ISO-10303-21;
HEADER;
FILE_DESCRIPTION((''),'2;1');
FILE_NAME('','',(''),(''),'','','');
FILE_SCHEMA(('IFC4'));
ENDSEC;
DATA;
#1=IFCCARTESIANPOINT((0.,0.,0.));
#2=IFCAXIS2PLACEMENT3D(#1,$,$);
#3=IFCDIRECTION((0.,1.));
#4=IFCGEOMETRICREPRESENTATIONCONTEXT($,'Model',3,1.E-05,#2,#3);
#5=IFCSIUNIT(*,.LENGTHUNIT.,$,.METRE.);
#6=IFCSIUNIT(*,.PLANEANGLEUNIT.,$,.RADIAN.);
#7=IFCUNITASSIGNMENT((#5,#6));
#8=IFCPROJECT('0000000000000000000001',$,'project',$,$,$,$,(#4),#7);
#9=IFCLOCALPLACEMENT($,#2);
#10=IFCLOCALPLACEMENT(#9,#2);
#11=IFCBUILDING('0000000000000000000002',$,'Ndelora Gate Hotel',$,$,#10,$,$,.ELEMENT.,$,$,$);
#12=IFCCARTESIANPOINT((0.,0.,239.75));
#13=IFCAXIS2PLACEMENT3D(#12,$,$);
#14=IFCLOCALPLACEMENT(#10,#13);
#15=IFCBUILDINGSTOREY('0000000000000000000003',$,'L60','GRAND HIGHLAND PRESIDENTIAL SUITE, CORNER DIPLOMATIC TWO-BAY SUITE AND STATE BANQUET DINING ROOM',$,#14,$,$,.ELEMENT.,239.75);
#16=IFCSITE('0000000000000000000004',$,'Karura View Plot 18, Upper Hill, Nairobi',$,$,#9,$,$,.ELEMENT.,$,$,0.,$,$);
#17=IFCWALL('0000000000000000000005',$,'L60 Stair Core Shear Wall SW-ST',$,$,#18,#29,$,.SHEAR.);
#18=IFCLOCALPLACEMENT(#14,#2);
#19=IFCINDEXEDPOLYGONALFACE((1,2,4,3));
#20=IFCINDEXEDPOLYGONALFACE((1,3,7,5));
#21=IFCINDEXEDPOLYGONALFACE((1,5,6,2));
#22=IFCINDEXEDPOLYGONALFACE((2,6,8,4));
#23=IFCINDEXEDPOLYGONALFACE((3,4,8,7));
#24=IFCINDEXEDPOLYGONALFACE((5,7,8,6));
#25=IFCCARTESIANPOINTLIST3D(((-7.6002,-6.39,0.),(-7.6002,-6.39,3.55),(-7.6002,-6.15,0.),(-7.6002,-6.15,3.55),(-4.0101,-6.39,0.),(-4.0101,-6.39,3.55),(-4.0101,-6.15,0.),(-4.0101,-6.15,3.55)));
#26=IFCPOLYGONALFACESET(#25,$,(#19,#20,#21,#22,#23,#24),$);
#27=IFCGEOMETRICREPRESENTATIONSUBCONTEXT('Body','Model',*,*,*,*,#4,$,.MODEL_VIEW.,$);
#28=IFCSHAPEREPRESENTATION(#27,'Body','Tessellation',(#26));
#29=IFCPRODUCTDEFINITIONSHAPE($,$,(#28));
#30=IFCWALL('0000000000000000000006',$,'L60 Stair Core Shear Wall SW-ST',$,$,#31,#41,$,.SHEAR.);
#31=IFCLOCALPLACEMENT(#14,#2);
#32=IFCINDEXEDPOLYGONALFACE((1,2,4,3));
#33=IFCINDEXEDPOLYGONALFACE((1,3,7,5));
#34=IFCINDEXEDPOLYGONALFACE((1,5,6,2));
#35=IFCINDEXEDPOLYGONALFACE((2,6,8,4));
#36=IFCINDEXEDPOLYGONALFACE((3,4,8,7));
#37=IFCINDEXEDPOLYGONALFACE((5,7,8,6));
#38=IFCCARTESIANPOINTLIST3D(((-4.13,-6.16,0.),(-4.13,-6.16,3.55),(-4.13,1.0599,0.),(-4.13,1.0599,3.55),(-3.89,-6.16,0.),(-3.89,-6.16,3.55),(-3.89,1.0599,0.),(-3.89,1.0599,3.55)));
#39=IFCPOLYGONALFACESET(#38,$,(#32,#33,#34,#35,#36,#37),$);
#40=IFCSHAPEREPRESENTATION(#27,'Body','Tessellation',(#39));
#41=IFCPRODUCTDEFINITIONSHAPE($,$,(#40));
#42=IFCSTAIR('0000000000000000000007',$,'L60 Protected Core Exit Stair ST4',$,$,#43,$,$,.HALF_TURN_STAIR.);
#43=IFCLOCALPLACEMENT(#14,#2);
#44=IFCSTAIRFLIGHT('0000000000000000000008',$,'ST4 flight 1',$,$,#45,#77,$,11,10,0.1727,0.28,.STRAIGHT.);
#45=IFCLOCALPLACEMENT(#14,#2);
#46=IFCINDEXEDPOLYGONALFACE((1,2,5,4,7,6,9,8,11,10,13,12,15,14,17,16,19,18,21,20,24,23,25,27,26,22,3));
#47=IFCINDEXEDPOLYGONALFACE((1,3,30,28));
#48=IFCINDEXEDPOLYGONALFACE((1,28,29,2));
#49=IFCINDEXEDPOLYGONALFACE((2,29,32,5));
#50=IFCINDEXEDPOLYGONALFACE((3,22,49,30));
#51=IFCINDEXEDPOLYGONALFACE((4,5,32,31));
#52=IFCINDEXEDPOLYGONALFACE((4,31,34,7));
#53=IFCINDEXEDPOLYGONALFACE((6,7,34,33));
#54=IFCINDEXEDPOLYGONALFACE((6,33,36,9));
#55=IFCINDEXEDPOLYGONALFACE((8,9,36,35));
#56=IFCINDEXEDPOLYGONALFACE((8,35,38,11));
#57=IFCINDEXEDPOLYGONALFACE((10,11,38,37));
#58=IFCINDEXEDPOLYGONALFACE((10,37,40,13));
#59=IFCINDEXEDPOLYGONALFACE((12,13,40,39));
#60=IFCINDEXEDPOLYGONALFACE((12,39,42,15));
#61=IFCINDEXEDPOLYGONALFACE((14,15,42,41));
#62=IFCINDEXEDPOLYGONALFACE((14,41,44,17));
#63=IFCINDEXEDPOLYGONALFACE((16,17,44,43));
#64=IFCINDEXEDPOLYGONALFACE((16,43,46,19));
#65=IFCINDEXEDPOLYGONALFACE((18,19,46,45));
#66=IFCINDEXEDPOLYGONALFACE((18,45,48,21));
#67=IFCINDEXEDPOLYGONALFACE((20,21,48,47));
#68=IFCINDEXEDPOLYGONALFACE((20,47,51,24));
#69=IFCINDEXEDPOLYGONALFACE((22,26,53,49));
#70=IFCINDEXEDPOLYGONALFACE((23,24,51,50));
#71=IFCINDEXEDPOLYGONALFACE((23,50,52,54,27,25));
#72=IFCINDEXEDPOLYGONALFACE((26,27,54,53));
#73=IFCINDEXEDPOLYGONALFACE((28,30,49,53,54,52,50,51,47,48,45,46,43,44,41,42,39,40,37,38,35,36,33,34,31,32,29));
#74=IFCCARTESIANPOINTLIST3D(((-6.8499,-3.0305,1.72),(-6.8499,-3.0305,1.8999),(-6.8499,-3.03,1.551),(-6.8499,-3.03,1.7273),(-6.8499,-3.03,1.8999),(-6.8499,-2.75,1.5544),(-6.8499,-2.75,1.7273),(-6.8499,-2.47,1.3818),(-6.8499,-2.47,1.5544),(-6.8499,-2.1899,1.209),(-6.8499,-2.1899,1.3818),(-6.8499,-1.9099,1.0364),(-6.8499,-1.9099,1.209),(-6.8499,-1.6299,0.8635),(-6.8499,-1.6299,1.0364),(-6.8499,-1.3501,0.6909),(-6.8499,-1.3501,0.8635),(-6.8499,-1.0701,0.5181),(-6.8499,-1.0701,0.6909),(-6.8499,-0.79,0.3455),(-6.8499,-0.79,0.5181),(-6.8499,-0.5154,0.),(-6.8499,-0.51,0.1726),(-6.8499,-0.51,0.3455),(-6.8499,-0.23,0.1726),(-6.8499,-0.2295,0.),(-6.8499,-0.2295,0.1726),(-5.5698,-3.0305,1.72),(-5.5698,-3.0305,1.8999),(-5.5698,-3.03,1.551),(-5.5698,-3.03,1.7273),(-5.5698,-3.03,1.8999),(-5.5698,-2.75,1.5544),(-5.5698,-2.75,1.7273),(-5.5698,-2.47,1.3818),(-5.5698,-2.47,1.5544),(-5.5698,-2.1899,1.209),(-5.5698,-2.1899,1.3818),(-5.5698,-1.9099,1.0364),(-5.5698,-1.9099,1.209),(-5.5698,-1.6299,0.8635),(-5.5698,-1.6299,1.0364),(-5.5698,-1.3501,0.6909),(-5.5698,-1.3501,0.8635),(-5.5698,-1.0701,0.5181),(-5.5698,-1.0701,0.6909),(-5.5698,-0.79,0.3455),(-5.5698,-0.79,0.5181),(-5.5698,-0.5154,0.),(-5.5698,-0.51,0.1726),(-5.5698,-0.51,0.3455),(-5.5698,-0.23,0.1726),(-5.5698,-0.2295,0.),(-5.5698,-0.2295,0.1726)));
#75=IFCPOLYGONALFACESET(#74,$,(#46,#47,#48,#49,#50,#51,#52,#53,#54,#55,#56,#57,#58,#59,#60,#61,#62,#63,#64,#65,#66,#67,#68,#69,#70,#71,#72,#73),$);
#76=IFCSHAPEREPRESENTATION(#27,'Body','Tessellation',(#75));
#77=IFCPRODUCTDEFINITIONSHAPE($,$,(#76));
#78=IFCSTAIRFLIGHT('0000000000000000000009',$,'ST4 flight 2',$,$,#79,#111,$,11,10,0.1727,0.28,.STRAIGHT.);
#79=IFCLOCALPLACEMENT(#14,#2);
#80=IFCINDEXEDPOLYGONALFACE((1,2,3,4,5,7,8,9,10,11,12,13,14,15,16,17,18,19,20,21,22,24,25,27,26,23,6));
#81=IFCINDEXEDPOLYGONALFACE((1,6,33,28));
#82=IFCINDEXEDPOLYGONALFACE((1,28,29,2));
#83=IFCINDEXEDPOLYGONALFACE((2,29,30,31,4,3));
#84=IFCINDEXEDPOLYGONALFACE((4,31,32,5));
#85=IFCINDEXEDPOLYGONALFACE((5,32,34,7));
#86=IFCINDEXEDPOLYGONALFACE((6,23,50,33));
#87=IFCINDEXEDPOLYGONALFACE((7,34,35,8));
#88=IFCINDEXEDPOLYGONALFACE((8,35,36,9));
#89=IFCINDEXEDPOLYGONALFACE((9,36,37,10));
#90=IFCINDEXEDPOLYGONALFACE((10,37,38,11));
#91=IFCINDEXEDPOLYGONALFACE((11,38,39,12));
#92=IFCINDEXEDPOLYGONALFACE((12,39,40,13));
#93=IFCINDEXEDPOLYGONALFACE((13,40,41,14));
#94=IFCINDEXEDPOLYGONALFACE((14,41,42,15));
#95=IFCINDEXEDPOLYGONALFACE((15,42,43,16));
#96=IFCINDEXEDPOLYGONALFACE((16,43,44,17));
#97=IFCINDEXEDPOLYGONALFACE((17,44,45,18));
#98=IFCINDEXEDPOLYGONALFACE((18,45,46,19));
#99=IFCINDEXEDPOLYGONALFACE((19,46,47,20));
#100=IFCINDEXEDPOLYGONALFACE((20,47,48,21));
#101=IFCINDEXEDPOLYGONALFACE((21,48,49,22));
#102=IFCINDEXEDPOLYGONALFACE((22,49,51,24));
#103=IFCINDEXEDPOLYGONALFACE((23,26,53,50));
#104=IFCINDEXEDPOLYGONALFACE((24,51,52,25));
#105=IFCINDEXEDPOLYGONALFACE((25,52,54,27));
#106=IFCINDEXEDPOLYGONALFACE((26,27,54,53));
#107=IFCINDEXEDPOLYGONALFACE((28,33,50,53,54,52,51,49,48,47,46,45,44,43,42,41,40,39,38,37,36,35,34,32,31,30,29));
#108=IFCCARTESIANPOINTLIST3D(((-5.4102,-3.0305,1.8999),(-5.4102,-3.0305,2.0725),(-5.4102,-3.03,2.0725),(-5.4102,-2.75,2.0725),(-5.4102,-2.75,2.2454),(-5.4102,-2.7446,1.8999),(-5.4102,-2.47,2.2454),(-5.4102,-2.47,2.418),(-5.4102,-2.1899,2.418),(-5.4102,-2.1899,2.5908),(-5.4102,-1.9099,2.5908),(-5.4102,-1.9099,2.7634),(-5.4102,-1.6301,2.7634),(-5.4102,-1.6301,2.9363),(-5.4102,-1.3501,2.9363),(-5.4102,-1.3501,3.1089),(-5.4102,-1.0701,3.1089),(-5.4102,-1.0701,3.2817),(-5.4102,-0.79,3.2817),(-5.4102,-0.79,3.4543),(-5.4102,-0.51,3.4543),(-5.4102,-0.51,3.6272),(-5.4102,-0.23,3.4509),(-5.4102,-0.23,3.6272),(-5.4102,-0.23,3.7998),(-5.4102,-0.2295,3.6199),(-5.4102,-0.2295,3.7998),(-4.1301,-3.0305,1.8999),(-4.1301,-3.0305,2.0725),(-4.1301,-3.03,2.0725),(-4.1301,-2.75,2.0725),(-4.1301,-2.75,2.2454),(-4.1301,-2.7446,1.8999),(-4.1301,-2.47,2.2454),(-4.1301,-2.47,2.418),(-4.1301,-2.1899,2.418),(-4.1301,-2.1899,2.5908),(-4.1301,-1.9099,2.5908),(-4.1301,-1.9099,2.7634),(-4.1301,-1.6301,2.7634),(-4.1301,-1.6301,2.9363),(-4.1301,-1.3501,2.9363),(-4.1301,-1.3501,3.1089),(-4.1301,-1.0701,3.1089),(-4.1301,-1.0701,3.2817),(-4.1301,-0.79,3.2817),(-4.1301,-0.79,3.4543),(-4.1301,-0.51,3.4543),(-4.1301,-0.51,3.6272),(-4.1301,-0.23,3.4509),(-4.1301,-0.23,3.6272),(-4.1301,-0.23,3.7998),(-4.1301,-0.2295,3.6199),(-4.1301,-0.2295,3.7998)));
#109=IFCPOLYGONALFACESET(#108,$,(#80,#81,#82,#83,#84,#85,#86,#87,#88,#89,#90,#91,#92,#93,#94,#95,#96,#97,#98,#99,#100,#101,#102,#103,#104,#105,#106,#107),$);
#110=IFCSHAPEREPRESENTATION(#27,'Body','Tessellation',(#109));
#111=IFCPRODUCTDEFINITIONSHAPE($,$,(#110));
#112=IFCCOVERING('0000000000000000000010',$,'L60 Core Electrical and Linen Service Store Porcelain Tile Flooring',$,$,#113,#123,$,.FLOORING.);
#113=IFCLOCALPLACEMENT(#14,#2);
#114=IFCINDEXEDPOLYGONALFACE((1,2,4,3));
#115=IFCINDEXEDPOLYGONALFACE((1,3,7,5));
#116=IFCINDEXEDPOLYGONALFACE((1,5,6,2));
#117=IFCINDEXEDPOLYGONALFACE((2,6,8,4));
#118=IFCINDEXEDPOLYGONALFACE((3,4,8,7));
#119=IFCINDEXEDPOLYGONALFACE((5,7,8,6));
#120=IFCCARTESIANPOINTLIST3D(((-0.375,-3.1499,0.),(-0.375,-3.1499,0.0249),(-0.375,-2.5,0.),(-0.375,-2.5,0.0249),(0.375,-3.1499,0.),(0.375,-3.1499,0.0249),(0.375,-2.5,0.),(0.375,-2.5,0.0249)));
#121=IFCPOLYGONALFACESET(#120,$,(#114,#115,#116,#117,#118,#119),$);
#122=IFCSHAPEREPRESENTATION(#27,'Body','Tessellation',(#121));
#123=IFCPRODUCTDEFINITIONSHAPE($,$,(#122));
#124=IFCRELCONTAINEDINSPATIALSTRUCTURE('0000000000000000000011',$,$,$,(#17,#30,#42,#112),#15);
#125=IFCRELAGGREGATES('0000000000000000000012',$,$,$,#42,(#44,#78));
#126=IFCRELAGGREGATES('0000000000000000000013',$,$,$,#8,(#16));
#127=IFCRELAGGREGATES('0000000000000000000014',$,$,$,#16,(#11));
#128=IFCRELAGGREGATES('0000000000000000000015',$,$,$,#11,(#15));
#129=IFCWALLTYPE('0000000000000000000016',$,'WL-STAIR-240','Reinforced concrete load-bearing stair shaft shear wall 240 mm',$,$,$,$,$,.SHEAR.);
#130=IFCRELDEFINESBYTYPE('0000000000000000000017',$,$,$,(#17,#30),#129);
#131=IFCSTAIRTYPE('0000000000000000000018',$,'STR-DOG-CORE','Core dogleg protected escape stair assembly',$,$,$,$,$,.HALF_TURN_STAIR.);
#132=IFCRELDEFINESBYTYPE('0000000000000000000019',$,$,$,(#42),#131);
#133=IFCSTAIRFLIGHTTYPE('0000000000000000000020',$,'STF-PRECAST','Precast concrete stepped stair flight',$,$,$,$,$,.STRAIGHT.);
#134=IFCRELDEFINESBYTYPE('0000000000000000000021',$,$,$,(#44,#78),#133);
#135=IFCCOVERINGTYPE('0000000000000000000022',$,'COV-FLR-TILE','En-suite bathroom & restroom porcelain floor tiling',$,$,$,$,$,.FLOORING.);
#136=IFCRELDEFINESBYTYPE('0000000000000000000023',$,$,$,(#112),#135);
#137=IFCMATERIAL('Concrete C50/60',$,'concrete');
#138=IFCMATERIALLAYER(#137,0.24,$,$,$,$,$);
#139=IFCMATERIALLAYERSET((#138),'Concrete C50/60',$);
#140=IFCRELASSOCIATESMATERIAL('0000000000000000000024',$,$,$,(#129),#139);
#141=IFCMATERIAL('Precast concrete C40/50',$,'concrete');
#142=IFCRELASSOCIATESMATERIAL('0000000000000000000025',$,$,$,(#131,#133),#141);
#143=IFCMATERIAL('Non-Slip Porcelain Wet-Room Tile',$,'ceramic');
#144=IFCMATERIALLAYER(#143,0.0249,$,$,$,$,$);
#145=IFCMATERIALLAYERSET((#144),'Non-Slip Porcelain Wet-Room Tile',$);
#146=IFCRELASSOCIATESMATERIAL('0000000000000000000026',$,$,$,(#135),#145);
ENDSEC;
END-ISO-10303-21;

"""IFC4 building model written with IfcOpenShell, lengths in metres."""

from ifc_helpers import new_model, si_unit, direction, frame, frame_2d, origin, origin_2d, place, context, subcontext, project, spatial, polyline, rectangle, outline, extrude, material, layer, layer_set, type_object, element, aggregate, save


model = new_model("IFC4")

# Units and contexts
model_context = context("Model", 3, precision=1e-05, world=origin(), true_north=direction((0.0, 1.0)))
body_context = subcontext(model_context, "Body", "Model", "MODEL_VIEW")
ifc_project = project(units=[si_unit("LENGTHUNIT", "METRE"), si_unit("PLANEANGLEUNIT", "RADIAN")], contexts=[model_context])

# Site, building, storey
site_placement = place(None, origin())
site = spatial("IfcSite", under=ifc_project, at=site_placement, Name="Karura View Plot 18, Upper Hill, Nairobi", CompositionType="ELEMENT", RefElevation=0.0)
building_placement = place(site_placement, origin())
building = spatial("IfcBuilding", under=site, at=building_placement, Name="Ndelora Gate Hotel", CompositionType="ELEMENT")
storey_placement = place(building_placement, frame((0.0, 0.0, 239.75)))
storey = spatial("IfcBuildingStorey", under=building, at=storey_placement, Name="L60", Description="GRAND HIGHLAND PRESIDENTIAL SUITE, CORNER DIPLOMATIC TWO-BAY SUITE AND STATE BANQUET DINING ROOM", CompositionType="ELEMENT", Elevation=239.75)

# Shared definitions
ifc_material_1 = material(Name="Concrete C50/60", Category="concrete")

# Walls
ifc_layer_1 = layer(ifc_material_1, 0.24)
ifc_layer_set_1 = layer_set([ifc_layer_1], Name="Concrete C50/60")
wall_type_1 = type_object("IfcWallType", Name="WL-STAIR-240", Description="Reinforced concrete load-bearing stair shaft shear wall 240 mm", PredefinedType="SHEAR", material=ifc_layer_set_1)
wall_1_placement = place(storey_placement, frame((-7.6001, -6.27, 0.0), z_axis=(0.0, 0.0, 1.0), x_axis=(1.0, 0.0, 0.0)))
element("IfcWall", 1, at=wall_1_placement, inside=storey, type_object=wall_type_1, Name="L60 Stair Core Shear Wall SW-ST", PredefinedType="SHEAR", context=body_context, shape_type="SweptSolid", body=[
    extrude(rectangle(XDim=3.5901, YDim=0.24, at=frame_2d((1.7949, 0.0))), origin(), (0.0, 0.0, 1.0), 3.55),
])
wall_2_placement = place(storey_placement, frame((-4.01, -6.1599, 0.0), z_axis=(0.0, 0.0, 1.0), x_axis=(0.0, 1.0, 0.0)))
element("IfcWall", 2, at=wall_2_placement, inside=storey, type_object=wall_type_1, Name="L60 Stair Core Shear Wall SW-ST", PredefinedType="SHEAR", context=body_context, shape_type="SweptSolid", body=[
    extrude(rectangle(XDim=7.22, YDim=0.24, at=frame_2d((3.6099, 0.0))), origin(), (0.0, 0.0, 1.0), 3.55),
])

# Stair, stair flights
ifc_material_2 = material(Name="Precast concrete C40/50", Category="concrete")
stair_type = type_object("IfcStairType", Name="STR-DOG-CORE", Description="Core dogleg protected escape stair assembly", PredefinedType="HALF_TURN_STAIR", material=ifc_material_2)
stair_placement = place(storey_placement, origin())
stair = element("IfcStair", 3, at=stair_placement, inside=storey, type_object=stair_type, Name="L60 Protected Core Exit Stair ST4", PredefinedType="HALF_TURN_STAIR")
stair_flight_type = type_object("IfcStairFlightType", Name="STF-PRECAST", Description="Precast concrete stepped stair flight", PredefinedType="STRAIGHT", material=ifc_material_2)
stair_flight_1_placement = place(storey_placement, frame((-6.21, -0.23, 0.0), z_axis=(0.0, 0.0, 1.0), x_axis=(0.0, -1.0, 0.0)))
stair_flight_1 = element("IfcStairFlight", 4, at=stair_flight_1_placement, type_object=stair_flight_type, Name="ST4 flight 1", NumberOfRisers=11, NumberOfTreads=10, PredefinedType="STRAIGHT", RiserHeight=0.1727, TreadLength=0.28, context=body_context, shape_type="SweptSolid", body=[
    extrude(outline(polyline([(-0.0005, 0.0), (-0.0005, 0.1726), (0.0, 0.1726), (0.28, 0.1726), (0.28, 0.3455), (0.5601, 0.3455), (0.5601, 0.5181), (0.8401, 0.5181), (0.8401, 0.6909), (1.1201, 0.6909), (1.1201, 0.8635), (1.3999, 0.8635), (1.3999, 1.0364), (1.6799, 1.0364), (1.6799, 1.209), (1.96, 1.209), (1.96, 1.3818), (2.24, 1.3818), (2.24, 1.5544), (2.52, 1.5544), (2.52, 1.7273), (2.8, 1.7273), (2.8, 1.8999), (2.8005, 1.8999), (2.8005, 1.72), (2.8, 1.551), (0.2854, 0.0), (-0.0005, 0.0)])), frame((0.0, 0.6401, 0.0), z_axis=(0.0, -1.0, 0.0), x_axis=(1.0, 0.0, 0.0)), (0.0, 0.0, 1.0), 1.28),
])
stair_flight_2_placement = place(storey_placement, frame((-4.77, -3.03, 1.8999), z_axis=(0.0, 0.0, 1.0), x_axis=(0.0, 1.0, 0.0)))
stair_flight_2 = element("IfcStairFlight", 5, at=stair_flight_2_placement, type_object=stair_flight_type, Name="ST4 flight 2", NumberOfRisers=11, NumberOfTreads=10, PredefinedType="STRAIGHT", RiserHeight=0.1727, TreadLength=0.28, context=body_context, shape_type="SweptSolid", body=[
    extrude(outline(polyline([(-0.0005, 0.0), (-0.0005, 0.1726), (0.0, 0.1726), (0.28, 0.1726), (0.28, 0.3455), (0.5601, 0.3455), (0.5601, 0.5181), (0.8401, 0.5181), (0.8401, 0.6909), (1.1201, 0.6909), (1.1201, 0.8635), (1.3999, 0.8635), (1.3999, 1.0364), (1.6799, 1.0364), (1.6799, 1.209), (1.96, 1.209), (1.96, 1.3818), (2.24, 1.3818), (2.24, 1.5544), (2.52, 1.5544), (2.52, 1.7273), (2.8, 1.7273), (2.8, 1.8999), (2.8005, 1.8999), (2.8005, 1.72), (2.8, 1.551), (0.2854, 0.0), (-0.0005, 0.0)])), frame((0.0, 0.6401, 0.0), z_axis=(0.0, -1.0, 0.0), x_axis=(1.0, 0.0, 0.0)), (0.0, 0.0, 1.0), 1.28),
])
aggregate(stair, [stair_flight_1, stair_flight_2])

# Covering
ifc_material_3 = material(Name="Non-Slip Porcelain Wet-Room Tile", Category="ceramic")
ifc_layer_2 = layer(ifc_material_3, 0.0249)
ifc_layer_set_2 = layer_set([ifc_layer_2], Name="Non-Slip Porcelain Wet-Room Tile")
covering_type = type_object("IfcCoveringType", Name="COV-FLR-TILE", Description="En-suite bathroom & restroom porcelain floor tiling", PredefinedType="FLOORING", material=ifc_layer_set_2)
covering_placement = place(storey_placement, frame((0.0, -2.825, 0.0), z_axis=(0.0, 0.0, 1.0), x_axis=(1.0, 0.0, 0.0)))
element("IfcCovering", 6, at=covering_placement, inside=storey, type_object=covering_type, Name="L60 Core Electrical and Linen Service Store Porcelain Tile Flooring", PredefinedType="FLOORING", context=body_context, shape_type="SweptSolid", body=[
    extrude(rectangle(XDim=0.75, YDim=0.6499, at=origin_2d()), origin(), (0.0, 0.0, 1.0), 0.0249),
])

save(model, "model.ifc")
